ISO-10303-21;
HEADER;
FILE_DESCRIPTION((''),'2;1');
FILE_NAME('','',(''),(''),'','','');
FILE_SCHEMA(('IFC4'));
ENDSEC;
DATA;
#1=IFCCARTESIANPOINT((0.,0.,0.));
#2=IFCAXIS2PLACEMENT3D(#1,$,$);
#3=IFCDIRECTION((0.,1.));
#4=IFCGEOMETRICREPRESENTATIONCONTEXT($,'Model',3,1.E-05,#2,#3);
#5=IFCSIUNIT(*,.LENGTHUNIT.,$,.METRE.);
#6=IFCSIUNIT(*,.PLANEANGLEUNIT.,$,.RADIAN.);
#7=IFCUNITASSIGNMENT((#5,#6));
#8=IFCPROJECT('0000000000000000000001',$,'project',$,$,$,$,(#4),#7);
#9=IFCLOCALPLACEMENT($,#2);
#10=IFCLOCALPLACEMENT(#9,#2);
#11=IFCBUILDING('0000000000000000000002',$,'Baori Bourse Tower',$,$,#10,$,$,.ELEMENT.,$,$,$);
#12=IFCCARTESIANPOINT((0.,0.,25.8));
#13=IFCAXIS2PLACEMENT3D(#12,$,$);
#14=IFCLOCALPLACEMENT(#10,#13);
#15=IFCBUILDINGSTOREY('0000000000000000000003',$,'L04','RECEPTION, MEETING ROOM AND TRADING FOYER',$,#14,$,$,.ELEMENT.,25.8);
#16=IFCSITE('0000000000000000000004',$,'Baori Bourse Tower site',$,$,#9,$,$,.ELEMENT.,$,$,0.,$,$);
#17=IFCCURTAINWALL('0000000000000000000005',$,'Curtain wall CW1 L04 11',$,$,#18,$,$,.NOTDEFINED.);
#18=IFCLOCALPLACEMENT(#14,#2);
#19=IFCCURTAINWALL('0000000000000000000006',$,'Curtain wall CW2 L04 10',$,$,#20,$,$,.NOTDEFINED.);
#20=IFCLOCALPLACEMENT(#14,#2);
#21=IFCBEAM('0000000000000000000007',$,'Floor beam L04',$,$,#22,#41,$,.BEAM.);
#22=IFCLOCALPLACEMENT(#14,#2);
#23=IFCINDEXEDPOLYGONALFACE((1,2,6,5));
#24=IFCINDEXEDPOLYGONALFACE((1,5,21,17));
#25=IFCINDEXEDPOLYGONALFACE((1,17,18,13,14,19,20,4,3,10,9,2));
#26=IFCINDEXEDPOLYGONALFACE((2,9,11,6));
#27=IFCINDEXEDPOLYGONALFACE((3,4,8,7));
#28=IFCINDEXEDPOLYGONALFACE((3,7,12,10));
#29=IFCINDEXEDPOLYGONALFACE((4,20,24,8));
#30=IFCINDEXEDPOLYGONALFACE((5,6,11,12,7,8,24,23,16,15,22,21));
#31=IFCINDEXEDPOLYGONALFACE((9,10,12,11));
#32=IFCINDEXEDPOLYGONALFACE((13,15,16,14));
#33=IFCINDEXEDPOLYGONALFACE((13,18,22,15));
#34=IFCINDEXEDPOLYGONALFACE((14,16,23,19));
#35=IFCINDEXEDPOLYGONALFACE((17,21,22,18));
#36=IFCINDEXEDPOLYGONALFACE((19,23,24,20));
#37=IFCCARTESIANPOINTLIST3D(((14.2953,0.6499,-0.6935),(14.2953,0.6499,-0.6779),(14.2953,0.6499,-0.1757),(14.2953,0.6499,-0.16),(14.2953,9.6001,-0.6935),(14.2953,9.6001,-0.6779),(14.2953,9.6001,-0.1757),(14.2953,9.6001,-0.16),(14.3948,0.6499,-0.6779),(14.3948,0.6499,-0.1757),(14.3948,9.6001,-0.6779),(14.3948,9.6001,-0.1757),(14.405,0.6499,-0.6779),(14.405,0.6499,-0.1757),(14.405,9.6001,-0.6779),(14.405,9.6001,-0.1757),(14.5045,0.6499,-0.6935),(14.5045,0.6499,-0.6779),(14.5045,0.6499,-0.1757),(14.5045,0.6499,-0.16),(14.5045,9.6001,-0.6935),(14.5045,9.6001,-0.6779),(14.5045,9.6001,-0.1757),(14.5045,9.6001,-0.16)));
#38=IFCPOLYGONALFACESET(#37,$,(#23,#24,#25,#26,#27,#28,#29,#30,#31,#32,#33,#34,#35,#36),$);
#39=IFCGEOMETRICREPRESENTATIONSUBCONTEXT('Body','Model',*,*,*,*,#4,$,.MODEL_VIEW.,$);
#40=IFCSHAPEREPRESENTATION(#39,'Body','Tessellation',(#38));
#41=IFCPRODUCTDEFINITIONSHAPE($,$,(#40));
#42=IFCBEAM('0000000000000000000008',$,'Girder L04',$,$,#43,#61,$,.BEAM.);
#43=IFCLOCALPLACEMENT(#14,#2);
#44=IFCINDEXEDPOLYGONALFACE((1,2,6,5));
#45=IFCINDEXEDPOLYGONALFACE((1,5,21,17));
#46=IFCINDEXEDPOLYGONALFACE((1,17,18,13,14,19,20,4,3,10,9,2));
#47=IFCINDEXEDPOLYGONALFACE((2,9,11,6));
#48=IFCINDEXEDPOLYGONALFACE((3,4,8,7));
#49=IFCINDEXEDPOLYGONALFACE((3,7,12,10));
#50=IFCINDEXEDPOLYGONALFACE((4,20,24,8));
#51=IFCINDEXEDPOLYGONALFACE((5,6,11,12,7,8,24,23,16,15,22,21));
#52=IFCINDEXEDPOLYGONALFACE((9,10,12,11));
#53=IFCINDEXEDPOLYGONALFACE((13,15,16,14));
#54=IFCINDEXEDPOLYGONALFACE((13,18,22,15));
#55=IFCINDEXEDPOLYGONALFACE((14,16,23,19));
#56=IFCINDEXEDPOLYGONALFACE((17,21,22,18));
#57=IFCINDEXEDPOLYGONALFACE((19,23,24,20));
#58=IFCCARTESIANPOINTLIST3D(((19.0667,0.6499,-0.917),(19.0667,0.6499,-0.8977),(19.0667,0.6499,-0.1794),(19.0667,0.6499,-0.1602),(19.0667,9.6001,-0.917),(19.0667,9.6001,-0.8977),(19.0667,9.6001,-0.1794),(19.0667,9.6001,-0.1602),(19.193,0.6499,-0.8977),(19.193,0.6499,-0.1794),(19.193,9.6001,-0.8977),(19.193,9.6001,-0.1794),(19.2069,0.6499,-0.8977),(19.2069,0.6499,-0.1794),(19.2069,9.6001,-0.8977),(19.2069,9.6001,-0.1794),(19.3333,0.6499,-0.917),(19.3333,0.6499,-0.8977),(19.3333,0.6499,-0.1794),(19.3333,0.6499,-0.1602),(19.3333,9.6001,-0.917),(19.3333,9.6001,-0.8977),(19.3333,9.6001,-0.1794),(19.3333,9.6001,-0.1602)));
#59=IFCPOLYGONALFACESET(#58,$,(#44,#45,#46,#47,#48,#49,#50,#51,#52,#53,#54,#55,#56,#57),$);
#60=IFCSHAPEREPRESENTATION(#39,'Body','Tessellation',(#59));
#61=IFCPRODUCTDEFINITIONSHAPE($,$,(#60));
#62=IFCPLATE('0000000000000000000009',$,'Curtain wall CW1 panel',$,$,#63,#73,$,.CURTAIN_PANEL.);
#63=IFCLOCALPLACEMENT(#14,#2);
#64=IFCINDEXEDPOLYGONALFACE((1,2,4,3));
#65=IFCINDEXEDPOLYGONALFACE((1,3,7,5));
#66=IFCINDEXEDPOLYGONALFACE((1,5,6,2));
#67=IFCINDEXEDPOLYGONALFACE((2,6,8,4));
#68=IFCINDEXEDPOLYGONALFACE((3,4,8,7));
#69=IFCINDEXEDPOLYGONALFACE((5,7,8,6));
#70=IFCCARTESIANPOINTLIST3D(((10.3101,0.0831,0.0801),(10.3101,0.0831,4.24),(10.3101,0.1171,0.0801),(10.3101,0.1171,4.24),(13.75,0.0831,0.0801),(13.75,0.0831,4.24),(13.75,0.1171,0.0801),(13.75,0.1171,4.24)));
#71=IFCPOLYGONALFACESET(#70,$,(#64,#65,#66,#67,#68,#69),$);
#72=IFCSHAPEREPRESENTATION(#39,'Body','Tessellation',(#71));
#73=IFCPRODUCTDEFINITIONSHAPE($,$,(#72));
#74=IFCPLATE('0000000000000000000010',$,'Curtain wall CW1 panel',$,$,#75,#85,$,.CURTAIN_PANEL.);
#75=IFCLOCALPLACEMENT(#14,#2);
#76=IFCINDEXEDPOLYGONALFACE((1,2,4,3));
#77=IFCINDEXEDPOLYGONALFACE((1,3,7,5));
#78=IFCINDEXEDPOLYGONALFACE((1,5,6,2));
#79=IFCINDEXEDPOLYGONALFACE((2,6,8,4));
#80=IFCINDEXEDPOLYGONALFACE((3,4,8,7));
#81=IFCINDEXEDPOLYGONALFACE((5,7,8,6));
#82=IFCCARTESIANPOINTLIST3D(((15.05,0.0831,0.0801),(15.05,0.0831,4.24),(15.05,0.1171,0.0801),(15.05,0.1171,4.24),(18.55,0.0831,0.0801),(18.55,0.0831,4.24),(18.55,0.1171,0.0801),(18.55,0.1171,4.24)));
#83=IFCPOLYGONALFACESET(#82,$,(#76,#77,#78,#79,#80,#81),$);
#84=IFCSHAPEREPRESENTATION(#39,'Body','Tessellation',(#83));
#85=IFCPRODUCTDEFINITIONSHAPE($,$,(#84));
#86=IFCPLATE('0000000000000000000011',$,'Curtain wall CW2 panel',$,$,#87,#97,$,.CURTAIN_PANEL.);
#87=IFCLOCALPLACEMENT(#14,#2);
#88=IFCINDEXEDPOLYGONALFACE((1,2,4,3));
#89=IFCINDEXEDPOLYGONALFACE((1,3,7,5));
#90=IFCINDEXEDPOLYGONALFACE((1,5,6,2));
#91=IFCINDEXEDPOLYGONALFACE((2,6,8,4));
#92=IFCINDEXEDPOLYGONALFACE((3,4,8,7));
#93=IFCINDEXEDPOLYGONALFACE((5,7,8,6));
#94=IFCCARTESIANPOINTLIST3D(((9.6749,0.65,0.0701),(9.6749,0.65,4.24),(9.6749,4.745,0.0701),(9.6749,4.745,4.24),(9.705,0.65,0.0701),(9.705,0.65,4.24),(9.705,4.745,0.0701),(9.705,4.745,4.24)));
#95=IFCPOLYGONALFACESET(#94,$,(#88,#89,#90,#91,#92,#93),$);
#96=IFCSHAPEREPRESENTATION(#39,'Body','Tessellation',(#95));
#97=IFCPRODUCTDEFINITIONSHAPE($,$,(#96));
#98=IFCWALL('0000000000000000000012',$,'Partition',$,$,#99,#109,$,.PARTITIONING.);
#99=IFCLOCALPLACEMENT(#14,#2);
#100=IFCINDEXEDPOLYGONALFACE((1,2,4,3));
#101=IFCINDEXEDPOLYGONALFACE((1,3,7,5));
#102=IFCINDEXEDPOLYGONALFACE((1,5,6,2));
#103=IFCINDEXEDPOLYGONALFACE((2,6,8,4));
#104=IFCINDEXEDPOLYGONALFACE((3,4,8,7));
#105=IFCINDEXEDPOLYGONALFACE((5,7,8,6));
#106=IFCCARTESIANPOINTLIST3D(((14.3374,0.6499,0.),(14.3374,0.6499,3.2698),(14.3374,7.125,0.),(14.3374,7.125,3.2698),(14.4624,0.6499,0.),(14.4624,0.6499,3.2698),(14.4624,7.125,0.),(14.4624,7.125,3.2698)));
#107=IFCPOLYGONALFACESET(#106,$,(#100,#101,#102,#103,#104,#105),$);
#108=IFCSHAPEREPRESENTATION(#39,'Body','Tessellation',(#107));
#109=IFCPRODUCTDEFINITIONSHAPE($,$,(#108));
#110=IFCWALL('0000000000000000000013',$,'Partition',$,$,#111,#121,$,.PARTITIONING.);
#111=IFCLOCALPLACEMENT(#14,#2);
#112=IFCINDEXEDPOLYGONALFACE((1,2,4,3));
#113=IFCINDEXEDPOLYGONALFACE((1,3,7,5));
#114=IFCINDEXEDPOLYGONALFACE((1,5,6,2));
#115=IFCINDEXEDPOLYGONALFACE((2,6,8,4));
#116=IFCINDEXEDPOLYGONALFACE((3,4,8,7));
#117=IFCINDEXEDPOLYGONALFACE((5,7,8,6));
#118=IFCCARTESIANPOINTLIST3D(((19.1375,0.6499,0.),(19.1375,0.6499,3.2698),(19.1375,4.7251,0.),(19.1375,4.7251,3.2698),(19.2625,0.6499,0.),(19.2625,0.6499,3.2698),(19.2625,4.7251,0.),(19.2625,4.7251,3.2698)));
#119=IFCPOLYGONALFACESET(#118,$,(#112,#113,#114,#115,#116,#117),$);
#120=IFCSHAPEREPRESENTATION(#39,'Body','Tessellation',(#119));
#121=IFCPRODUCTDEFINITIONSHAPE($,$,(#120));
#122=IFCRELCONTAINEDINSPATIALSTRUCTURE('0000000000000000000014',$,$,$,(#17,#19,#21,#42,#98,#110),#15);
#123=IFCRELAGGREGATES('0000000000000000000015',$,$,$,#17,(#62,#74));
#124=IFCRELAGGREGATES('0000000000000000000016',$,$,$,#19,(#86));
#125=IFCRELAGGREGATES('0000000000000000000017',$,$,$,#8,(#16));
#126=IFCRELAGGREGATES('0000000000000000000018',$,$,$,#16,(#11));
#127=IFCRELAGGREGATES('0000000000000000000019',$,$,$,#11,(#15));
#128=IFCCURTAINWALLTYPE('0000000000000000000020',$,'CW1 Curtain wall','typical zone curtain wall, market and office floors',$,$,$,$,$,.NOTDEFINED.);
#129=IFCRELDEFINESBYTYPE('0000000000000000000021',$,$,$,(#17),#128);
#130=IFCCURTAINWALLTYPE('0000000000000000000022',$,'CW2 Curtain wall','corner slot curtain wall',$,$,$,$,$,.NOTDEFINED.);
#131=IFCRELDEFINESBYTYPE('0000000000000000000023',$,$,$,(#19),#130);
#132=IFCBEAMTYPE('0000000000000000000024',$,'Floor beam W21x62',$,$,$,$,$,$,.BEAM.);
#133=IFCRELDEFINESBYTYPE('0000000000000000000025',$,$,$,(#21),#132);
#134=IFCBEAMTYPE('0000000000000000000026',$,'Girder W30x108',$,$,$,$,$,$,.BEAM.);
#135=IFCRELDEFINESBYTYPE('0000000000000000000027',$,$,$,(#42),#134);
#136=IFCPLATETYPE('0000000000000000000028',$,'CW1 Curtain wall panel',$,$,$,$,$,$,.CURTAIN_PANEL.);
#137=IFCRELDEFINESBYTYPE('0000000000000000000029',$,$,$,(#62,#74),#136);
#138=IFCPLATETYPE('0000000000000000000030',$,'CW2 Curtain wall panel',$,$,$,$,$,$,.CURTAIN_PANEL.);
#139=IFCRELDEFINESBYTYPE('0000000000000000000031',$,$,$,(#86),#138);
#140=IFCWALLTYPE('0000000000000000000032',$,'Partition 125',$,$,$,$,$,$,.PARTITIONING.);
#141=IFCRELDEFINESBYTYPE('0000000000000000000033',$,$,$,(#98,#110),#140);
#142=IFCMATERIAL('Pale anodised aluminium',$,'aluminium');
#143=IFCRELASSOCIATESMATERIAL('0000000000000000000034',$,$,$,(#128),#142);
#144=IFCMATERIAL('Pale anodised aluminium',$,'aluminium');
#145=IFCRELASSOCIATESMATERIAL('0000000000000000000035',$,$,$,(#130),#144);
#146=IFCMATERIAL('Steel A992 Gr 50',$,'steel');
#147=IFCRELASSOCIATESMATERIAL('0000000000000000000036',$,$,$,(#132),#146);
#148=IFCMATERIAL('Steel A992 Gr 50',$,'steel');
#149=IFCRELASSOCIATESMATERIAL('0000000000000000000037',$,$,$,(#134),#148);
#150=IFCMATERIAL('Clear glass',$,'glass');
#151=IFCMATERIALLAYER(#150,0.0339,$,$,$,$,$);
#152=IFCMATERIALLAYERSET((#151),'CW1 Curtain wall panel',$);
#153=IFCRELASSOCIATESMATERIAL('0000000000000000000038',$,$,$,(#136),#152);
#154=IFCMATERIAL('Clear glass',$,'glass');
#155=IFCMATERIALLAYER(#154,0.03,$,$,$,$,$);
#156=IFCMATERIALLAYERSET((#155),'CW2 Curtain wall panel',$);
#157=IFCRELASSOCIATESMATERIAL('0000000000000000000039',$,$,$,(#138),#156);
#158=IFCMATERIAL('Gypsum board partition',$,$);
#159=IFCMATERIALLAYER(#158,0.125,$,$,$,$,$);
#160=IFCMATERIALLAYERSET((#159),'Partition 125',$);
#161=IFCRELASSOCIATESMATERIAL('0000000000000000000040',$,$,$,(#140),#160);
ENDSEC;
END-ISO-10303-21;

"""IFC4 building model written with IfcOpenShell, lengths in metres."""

from ifc_helpers import new_model, si_unit, direction, frame, frame_2d, origin, origin_2d, place, context, subcontext, project, spatial, rectangle, i_section, extrude, material, layer, layer_set, material_profile, profile_set, type_object, element, aggregate, save


model = new_model("IFC4")

# Units and contexts
model_context = context("Model", 3, precision=1e-05, world=origin(), true_north=direction((0.0, 1.0)))
body_context = subcontext(model_context, "Body", "Model", "MODEL_VIEW")
ifc_project = project(units=[si_unit("LENGTHUNIT", "METRE"), si_unit("PLANEANGLEUNIT", "RADIAN")], contexts=[model_context])

# Site, building, storey
site_placement = place(None, origin())
site = spatial("IfcSite", under=ifc_project, at=site_placement, Name="Baori Bourse Tower site", CompositionType="ELEMENT", RefElevation=0.0)
building_placement = place(site_placement, origin())
building = spatial("IfcBuilding", under=site, at=building_placement, Name="Baori Bourse Tower", CompositionType="ELEMENT")
storey_placement = place(building_placement, frame((0.0, 0.0, 25.8)))
storey = spatial("IfcBuildingStorey", under=building, at=storey_placement, Name="L04", Description="RECEPTION, MEETING ROOM AND TRADING FOYER", CompositionType="ELEMENT", Elevation=25.8)

# Curtain walls
ifc_material_1 = material(Name="Pale anodised aluminium", Category="aluminium")
curtain_wall_type_1 = type_object("IfcCurtainWallType", Name="CW1 Curtain wall", Description="typical zone curtain wall, market and office floors", PredefinedType="NOTDEFINED", material=ifc_material_1)
curtain_wall_1_placement = place(storey_placement, origin())
curtain_wall_1 = element("IfcCurtainWall", 1, at=curtain_wall_1_placement, inside=storey, type_object=curtain_wall_type_1, Name="Curtain wall CW1 L04 11", PredefinedType="NOTDEFINED")
ifc_material_2 = material(Name="Pale anodised aluminium", Category="aluminium")
curtain_wall_type_2 = type_object("IfcCurtainWallType", Name="CW2 Curtain wall", Description="corner slot curtain wall", PredefinedType="NOTDEFINED", material=ifc_material_2)
curtain_wall_2_placement = place(storey_placement, origin())
curtain_wall_2 = element("IfcCurtainWall", 2, at=curtain_wall_2_placement, inside=storey, type_object=curtain_wall_type_2, Name="Curtain wall CW2 L04 10", PredefinedType="NOTDEFINED")

# Beams
ifc_material_3 = material(Name="Steel A992 Gr 50", Category="steel")
ifc_material_profile_1 = material_profile(ifc_material_3, i_section(OverallWidth=0.2092, OverallDepth=0.5334, WebThickness=0.0103, FlangeThickness=0.0156, at=origin_2d()), Name="W21x62")
ifc_profile_set_1 = profile_set([ifc_material_profile_1], Name="Steel A992 Gr 50")
beam_type_1 = type_object("IfcBeamType", Name="Floor beam W21x62", PredefinedType="BEAM", material=ifc_profile_set_1)
beam_1_placement = place(storey_placement, frame((14.3999, 0.6499, -0.4268), z_axis=(0.0, 1.0, 0.0), x_axis=(-1.0, 0.0, 0.0)))
element("IfcBeam", 3, at=beam_1_placement, inside=storey, type_object=beam_type_1, Name="Floor beam L04", PredefinedType="BEAM", context=body_context, shape_type="SweptSolid", body=[
    extrude(i_section(OverallWidth=0.2092, OverallDepth=0.5334, WebThickness=0.0103, FlangeThickness=0.0156, at=origin_2d()), origin(), (0.0, 0.0, 1.0), 8.9502),
])
ifc_material_4 = material(Name="Steel A992 Gr 50", Category="steel")
ifc_material_profile_2 = material_profile(ifc_material_4, i_section(OverallWidth=0.2666, OverallDepth=0.7568, WebThickness=0.0139, FlangeThickness=0.0193, at=origin_2d()), Name="W30x108")
ifc_profile_set_2 = profile_set([ifc_material_profile_2], Name="Steel A992 Gr 50")
beam_type_2 = type_object("IfcBeamType", Name="Girder W30x108", PredefinedType="BEAM", material=ifc_profile_set_2)
beam_2_placement = place(storey_placement, frame((19.2, 0.6499, -0.5386), z_axis=(0.0, 1.0, 0.0), x_axis=(-1.0, 0.0, 0.0)))
element("IfcBeam", 4, at=beam_2_placement, inside=storey, type_object=beam_type_2, Name="Girder L04", PredefinedType="BEAM", context=body_context, shape_type="SweptSolid", body=[
    extrude(i_section(OverallWidth=0.2666, OverallDepth=0.7568, WebThickness=0.0139, FlangeThickness=0.0193, at=origin_2d()), origin(), (0.0, 0.0, 1.0), 8.9502),
])

# Plates
ifc_material_5 = material(Name="Clear glass", Category="glass")
ifc_layer_1 = layer(ifc_material_5, 0.0339)
ifc_layer_set_1 = layer_set([ifc_layer_1], Name="CW1 Curtain wall panel")
plate_type_1 = type_object("IfcPlateType", Name="CW1 Curtain wall panel", PredefinedType="CURTAIN_PANEL", material=ifc_layer_set_1)
plate_1_placement = place(storey_placement, frame((12.03, 0.1001, 0.0801), z_axis=(0.0, 0.0, 1.0), x_axis=(1.0, 0.0, 0.0)))
plate_1 = element("IfcPlate", 5, at=plate_1_placement, type_object=plate_type_1, Name="Curtain wall CW1 panel", PredefinedType="CURTAIN_PANEL", context=body_context, shape_type="SweptSolid", body=[
    extrude(rectangle(XDim=3.4399, YDim=0.0339, at=origin_2d()), origin(), (0.0, 0.0, 1.0), 4.1599),
])
plate_2_placement = place(storey_placement, frame((16.8, 0.1001, 0.0801), z_axis=(0.0, 0.0, 1.0), x_axis=(1.0, 0.0, 0.0)))
plate_2 = element("IfcPlate", 6, at=plate_2_placement, type_object=plate_type_1, Name="Curtain wall CW1 panel", PredefinedType="CURTAIN_PANEL", context=body_context, shape_type="SweptSolid", body=[
    extrude(rectangle(XDim=3.5, YDim=0.0339, at=origin_2d()), origin(), (0.0, 0.0, 1.0), 4.1599),
])
aggregate(curtain_wall_1, [plate_1, plate_2])
ifc_material_6 = material(Name="Clear glass", Category="glass")
ifc_layer_2 = layer(ifc_material_6, 0.03)
ifc_layer_set_2 = layer_set([ifc_layer_2], Name="CW2 Curtain wall panel")
plate_type_2 = type_object("IfcPlateType", Name="CW2 Curtain wall panel", PredefinedType="CURTAIN_PANEL", material=ifc_layer_set_2)
plate_3_placement = place(storey_placement, frame((9.6899, 2.6975, 0.0701), z_axis=(0.0, 0.0, 1.0), x_axis=(0.0, -1.0, 0.0)))
plate_3 = element("IfcPlate", 7, at=plate_3_placement, type_object=plate_type_2, Name="Curtain wall CW2 panel", PredefinedType="CURTAIN_PANEL", context=body_context, shape_type="SweptSolid", body=[
    extrude(rectangle(XDim=4.095, YDim=0.03, at=origin_2d()), origin(), (0.0, 0.0, 1.0), 4.1699),
])
aggregate(curtain_wall_2, [plate_3])

# Walls
ifc_material_7 = material(Name="Gypsum board partition")
ifc_layer_3 = layer(ifc_material_7, 0.125)
ifc_layer_set_3 = layer_set([ifc_layer_3], Name="Partition 125")
wall_type = type_object("IfcWallType", Name="Partition 125", PredefinedType="PARTITIONING", material=ifc_layer_set_3)
wall_1_placement = place(storey_placement, frame((14.3999, 0.6499, 0.0), z_axis=(0.0, 0.0, 1.0), x_axis=(0.0, 1.0, 0.0)))
element("IfcWall", 8, at=wall_1_placement, inside=storey, type_object=wall_type, Name="Partition", PredefinedType="PARTITIONING", context=body_context, shape_type="SweptSolid", body=[
    extrude(rectangle(XDim=6.4751, YDim=0.125, at=frame_2d((3.2375, 0.0))), origin(), (0.0, 0.0, 1.0), 3.2698),
])
wall_2_placement = place(storey_placement, frame((19.2, 0.6499, 0.0), z_axis=(0.0, 0.0, 1.0), x_axis=(0.0, 1.0, 0.0)))
element("IfcWall", 9, at=wall_2_placement, inside=storey, type_object=wall_type, Name="Partition", PredefinedType="PARTITIONING", context=body_context, shape_type="SweptSolid", body=[
    extrude(rectangle(XDim=4.0752, YDim=0.125, at=frame_2d((2.0376, 0.0))), origin(), (0.0, 0.0, 1.0), 3.2698),
])

save(model, "model.ifc")
